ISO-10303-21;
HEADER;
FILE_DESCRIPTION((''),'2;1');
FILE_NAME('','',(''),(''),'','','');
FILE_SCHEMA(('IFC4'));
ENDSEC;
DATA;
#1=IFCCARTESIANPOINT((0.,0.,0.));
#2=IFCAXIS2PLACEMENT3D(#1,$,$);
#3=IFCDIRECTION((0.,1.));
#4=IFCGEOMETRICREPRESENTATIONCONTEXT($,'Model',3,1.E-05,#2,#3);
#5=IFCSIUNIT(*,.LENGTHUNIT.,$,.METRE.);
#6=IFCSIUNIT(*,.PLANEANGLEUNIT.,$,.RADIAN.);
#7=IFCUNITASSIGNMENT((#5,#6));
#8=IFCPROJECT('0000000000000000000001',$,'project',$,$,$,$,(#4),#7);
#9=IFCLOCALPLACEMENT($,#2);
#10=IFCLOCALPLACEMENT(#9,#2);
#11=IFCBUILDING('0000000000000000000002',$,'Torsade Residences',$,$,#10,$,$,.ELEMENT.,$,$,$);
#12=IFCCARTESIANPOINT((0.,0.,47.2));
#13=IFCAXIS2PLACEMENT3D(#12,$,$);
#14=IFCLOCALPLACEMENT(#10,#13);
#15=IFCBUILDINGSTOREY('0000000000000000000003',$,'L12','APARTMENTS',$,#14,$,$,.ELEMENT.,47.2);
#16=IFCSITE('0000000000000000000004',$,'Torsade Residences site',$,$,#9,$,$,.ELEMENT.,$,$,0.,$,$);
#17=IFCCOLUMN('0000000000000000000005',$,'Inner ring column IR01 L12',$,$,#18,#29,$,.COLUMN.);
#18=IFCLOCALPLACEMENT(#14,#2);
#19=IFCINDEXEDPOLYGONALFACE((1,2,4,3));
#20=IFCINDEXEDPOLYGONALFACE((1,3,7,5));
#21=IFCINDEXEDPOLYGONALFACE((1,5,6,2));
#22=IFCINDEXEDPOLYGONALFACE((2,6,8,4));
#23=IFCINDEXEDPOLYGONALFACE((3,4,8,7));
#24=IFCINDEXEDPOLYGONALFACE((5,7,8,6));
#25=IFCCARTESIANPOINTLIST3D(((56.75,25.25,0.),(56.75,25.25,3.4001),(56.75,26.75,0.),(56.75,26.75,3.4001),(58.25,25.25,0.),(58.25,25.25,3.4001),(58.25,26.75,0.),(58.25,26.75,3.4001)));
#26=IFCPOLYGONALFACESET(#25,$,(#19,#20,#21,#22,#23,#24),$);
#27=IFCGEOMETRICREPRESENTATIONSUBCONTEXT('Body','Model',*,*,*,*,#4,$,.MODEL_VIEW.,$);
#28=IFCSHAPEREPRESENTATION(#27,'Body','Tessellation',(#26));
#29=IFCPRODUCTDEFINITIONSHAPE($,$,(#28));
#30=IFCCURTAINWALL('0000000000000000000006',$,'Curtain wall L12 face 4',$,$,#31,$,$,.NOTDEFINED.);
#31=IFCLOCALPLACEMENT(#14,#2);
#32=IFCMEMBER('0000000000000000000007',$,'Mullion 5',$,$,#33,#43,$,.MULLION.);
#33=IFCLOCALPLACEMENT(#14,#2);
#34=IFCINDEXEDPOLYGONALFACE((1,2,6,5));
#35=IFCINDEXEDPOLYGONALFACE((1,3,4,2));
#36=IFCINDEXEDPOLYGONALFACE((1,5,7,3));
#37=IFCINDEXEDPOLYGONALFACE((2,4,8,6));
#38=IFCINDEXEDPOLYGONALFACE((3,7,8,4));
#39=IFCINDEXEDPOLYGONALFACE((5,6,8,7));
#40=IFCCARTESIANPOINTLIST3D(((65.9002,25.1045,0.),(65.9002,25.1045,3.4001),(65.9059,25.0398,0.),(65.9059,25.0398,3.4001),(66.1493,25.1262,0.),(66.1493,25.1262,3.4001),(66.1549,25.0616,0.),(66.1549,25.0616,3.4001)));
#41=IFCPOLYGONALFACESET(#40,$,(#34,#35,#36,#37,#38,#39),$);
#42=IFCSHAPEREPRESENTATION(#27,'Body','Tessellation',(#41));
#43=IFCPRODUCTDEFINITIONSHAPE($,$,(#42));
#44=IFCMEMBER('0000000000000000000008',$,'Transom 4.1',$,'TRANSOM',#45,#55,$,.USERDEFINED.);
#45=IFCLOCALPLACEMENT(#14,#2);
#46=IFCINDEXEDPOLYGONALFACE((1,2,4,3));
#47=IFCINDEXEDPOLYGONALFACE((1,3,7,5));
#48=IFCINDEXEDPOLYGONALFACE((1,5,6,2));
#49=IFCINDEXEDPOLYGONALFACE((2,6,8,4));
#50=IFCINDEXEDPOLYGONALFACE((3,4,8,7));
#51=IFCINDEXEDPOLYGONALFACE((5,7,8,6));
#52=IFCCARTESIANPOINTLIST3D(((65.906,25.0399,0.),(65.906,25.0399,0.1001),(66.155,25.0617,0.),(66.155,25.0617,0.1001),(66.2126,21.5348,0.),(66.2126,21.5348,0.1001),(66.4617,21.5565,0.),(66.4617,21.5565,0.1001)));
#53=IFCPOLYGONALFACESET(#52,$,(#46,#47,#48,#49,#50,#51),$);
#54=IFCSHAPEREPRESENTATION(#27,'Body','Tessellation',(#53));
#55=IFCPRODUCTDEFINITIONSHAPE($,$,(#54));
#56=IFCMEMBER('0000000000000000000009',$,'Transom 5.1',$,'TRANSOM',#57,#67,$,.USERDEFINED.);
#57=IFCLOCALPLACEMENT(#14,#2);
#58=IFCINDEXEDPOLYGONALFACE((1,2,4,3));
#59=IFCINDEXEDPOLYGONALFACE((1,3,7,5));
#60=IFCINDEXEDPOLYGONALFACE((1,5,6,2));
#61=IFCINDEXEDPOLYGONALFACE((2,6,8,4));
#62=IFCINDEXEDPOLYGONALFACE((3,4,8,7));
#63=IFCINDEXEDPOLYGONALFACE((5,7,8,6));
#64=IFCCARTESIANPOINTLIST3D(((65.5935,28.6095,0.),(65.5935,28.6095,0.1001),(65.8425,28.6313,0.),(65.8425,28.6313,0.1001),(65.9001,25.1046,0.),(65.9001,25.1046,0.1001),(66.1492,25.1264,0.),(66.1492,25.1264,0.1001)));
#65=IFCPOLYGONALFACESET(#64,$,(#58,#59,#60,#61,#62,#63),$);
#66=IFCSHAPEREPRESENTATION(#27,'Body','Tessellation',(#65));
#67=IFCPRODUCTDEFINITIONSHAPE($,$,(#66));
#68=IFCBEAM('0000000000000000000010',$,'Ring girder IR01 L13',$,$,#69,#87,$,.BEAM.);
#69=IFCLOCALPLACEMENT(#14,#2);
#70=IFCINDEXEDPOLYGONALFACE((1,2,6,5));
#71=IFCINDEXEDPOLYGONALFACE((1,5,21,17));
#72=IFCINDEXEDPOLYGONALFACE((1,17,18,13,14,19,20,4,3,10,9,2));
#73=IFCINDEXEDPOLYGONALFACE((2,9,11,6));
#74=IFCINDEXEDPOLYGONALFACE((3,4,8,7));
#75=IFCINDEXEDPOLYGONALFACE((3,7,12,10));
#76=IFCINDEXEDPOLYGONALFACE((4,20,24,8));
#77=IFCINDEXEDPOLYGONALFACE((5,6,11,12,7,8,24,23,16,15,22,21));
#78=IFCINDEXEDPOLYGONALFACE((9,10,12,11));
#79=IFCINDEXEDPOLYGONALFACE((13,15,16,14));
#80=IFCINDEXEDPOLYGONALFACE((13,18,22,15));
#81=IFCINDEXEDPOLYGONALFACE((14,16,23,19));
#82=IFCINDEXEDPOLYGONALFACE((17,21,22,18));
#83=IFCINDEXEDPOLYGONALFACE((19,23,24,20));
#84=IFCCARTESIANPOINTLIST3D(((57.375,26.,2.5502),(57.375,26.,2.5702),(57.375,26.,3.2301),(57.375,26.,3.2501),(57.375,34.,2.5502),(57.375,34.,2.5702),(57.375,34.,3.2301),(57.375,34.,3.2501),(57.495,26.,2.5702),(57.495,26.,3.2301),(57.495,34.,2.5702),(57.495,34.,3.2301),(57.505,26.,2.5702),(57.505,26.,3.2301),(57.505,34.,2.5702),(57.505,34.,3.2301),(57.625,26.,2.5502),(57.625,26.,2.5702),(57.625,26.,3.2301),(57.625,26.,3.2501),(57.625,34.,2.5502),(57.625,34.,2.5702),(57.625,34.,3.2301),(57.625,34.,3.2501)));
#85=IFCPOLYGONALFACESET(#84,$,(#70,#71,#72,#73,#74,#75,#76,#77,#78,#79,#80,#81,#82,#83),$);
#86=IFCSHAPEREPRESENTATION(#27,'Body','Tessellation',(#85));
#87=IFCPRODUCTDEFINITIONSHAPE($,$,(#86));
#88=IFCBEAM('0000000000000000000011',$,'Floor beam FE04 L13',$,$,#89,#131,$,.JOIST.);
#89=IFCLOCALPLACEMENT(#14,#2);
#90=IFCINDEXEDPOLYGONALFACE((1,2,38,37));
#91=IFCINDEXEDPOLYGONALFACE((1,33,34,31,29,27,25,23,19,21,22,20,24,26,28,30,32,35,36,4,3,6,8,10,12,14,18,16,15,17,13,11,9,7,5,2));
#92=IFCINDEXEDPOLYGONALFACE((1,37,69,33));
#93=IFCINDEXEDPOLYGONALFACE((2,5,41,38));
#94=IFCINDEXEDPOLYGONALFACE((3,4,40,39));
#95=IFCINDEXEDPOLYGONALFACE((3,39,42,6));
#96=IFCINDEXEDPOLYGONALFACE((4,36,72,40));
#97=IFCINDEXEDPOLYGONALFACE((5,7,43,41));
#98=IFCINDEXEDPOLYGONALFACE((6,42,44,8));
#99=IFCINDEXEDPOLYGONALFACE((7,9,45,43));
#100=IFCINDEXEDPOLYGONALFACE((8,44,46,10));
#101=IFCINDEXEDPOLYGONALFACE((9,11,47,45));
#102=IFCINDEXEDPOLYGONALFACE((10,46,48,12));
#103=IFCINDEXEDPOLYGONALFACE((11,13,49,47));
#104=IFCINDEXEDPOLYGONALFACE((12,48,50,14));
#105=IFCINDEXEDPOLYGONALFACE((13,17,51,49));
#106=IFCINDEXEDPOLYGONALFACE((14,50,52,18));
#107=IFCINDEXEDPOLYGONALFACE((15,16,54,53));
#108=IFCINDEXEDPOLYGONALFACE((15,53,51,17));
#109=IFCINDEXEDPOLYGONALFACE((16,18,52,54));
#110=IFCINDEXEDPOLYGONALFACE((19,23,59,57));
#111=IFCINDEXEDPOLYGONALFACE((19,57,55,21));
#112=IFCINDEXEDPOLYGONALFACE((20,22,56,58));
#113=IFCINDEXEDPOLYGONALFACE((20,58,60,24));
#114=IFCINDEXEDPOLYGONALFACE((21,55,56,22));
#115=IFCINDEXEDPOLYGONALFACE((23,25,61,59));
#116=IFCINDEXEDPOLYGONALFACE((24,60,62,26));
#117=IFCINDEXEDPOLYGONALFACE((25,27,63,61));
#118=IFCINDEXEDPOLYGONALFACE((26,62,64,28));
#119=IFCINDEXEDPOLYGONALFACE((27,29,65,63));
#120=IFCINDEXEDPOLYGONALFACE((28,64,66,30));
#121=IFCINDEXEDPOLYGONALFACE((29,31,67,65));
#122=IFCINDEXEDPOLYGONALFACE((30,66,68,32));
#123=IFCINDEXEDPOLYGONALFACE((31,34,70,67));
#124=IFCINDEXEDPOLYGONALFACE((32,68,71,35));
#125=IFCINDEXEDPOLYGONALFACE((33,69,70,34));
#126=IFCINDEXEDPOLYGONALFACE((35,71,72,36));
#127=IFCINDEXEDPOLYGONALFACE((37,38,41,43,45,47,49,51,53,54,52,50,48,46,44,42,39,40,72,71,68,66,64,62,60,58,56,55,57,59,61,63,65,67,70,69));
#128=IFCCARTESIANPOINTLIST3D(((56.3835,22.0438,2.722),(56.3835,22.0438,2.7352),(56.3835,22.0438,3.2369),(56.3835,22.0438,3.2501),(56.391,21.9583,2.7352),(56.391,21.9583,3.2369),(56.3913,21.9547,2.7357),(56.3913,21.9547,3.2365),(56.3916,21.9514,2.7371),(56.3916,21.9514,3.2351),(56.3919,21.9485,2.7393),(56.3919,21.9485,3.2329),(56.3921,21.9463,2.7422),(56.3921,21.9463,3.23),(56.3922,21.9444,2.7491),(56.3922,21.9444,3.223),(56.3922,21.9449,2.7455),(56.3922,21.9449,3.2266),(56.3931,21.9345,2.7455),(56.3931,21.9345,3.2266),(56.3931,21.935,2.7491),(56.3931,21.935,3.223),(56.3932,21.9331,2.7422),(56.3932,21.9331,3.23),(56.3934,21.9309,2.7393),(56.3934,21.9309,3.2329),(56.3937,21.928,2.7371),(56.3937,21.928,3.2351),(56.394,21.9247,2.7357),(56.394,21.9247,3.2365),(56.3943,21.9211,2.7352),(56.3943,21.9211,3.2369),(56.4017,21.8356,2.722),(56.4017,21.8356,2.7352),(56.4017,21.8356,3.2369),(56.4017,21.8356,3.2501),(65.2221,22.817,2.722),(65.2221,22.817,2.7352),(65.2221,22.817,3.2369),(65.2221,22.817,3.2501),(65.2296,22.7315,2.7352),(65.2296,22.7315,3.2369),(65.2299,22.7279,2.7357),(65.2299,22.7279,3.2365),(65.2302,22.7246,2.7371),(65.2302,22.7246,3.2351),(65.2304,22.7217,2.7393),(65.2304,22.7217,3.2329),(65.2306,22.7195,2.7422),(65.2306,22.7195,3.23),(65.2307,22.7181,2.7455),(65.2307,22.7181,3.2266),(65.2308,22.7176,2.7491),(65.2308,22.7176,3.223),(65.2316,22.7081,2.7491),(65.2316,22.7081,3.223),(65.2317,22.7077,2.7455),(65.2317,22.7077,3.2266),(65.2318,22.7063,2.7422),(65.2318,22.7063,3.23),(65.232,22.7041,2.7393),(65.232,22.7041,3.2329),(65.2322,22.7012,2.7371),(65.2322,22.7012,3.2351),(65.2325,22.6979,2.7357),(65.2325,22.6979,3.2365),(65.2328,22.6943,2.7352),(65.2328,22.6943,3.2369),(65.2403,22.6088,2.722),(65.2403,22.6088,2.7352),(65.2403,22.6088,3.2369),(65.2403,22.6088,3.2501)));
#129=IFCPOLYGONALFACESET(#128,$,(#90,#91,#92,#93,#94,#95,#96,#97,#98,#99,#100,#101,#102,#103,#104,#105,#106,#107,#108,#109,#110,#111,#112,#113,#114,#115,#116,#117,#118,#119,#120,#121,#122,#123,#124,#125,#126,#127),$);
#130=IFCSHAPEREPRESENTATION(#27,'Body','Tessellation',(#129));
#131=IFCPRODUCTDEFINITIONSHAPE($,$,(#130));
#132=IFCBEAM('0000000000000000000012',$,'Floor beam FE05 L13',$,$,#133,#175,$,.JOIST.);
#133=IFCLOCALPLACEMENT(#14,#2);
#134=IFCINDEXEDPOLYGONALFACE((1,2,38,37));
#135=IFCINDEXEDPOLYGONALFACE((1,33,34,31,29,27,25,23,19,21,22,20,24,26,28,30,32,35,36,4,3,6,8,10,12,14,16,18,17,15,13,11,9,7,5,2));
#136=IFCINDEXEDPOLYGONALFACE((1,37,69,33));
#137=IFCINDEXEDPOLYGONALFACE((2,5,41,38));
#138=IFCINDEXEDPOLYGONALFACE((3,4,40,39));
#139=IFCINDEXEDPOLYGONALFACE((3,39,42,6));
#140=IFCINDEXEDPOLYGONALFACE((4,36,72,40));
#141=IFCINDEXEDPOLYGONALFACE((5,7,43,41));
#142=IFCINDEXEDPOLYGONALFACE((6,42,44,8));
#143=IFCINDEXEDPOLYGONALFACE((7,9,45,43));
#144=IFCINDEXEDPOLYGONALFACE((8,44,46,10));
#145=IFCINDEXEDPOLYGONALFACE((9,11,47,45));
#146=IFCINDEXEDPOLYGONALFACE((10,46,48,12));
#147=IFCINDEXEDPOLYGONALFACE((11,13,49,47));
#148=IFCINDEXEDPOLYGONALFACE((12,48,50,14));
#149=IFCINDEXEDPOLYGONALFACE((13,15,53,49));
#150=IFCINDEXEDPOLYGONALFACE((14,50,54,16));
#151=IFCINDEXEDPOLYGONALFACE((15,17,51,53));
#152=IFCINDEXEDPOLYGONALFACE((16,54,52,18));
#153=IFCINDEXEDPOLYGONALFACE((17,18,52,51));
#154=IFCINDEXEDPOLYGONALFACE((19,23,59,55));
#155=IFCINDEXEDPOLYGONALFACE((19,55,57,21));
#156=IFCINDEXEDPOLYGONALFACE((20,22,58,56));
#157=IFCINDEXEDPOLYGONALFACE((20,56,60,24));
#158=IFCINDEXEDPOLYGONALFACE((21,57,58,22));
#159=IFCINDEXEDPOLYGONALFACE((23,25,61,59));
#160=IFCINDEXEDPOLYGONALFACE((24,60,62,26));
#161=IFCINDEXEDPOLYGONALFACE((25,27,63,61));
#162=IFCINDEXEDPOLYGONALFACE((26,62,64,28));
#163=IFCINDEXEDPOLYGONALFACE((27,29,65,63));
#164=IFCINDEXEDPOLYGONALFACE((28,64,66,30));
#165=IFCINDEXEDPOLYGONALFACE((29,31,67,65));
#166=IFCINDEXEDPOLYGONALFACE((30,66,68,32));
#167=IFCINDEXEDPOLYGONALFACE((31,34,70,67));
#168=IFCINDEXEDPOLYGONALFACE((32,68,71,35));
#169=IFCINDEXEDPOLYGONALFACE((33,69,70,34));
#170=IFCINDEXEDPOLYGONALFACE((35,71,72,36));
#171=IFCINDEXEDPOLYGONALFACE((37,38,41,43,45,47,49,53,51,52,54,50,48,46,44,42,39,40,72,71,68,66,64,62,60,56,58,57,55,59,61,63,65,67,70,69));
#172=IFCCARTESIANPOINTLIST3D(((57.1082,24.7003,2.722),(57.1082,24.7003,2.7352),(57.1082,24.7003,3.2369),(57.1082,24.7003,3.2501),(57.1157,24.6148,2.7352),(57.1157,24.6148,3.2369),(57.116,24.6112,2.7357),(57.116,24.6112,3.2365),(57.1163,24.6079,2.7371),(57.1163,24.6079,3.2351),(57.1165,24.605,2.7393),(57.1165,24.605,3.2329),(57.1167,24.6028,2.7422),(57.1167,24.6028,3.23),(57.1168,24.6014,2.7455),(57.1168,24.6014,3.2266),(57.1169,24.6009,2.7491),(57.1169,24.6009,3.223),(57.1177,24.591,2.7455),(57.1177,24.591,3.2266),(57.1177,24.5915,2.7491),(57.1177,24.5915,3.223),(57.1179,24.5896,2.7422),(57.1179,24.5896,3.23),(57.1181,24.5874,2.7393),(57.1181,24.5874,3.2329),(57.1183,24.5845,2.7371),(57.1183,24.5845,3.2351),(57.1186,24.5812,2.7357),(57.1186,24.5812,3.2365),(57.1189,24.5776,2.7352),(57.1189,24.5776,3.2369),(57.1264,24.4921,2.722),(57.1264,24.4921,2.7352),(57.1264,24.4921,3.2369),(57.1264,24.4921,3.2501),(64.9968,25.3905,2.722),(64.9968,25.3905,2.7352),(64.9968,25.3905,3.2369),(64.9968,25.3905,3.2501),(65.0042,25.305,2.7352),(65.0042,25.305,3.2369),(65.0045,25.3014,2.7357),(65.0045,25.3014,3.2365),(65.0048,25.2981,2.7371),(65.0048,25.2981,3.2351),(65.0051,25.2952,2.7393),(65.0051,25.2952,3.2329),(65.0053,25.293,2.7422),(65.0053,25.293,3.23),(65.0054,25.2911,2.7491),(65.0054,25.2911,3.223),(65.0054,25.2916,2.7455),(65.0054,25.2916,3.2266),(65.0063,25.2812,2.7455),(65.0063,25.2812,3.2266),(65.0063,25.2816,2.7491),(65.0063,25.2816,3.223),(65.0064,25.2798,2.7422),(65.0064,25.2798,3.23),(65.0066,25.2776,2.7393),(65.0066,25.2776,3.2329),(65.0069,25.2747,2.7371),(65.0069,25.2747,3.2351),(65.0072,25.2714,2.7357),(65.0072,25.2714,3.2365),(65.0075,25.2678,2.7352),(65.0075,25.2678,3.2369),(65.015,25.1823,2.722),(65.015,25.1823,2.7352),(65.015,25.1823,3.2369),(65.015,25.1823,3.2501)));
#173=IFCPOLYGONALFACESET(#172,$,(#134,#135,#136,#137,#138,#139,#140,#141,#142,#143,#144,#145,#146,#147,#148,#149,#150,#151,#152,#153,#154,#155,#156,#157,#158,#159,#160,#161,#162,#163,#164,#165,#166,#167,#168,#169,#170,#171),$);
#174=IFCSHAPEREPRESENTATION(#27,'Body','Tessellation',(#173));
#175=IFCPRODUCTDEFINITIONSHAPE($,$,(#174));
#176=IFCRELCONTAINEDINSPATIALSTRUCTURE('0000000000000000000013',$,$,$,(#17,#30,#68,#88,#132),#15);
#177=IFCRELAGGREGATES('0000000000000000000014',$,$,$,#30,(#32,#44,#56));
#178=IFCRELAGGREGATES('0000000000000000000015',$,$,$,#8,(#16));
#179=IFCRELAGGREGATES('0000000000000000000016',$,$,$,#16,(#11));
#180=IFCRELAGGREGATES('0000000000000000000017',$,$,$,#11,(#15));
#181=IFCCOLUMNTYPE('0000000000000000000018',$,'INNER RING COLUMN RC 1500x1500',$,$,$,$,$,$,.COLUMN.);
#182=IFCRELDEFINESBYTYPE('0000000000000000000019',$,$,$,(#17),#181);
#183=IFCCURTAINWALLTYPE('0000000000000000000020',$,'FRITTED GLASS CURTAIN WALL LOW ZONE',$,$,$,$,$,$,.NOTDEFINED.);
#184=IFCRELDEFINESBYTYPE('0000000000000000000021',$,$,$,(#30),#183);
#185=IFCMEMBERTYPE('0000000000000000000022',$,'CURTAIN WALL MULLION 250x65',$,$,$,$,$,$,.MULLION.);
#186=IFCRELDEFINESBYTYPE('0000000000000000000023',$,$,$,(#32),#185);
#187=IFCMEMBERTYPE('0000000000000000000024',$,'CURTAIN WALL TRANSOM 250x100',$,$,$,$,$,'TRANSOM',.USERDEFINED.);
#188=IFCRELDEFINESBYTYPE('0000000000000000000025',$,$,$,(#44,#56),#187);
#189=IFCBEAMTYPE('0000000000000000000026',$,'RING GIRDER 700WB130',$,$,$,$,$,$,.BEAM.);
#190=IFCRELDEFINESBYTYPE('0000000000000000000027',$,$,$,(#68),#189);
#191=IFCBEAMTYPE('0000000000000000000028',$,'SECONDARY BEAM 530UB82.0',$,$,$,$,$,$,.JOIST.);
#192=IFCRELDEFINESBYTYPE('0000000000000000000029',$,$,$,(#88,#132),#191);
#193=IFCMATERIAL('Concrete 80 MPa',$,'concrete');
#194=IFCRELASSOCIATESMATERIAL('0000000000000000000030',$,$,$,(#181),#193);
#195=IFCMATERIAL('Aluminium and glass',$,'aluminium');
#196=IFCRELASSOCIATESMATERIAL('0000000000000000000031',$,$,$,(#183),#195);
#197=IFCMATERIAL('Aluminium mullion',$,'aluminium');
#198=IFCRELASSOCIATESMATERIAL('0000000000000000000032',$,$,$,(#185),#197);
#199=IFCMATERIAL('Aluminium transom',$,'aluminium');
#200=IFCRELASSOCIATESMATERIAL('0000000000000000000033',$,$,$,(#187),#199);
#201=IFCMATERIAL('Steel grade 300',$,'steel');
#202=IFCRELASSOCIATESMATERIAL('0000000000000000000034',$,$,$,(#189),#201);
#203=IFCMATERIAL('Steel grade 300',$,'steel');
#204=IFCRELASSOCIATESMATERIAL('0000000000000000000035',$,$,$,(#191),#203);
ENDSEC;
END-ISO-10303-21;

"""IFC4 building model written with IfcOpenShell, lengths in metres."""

from ifc_helpers import new_model, si_unit, direction, frame, origin, origin_2d, place, context, subcontext, project, spatial, rectangle, i_section, extrude, material, material_profile, profile_set, type_object, element, aggregate, save


model = new_model("IFC4")

# Units and contexts
model_context = context("Model", 3, precision=1e-05, world=origin(), true_north=direction((0.0, 1.0)))
body_context = subcontext(model_context, "Body", "Model", "MODEL_VIEW")
ifc_project = project(units=[si_unit("LENGTHUNIT", "METRE"), si_unit("PLANEANGLEUNIT", "RADIAN")], contexts=[model_context])

# Site, building, storey
site_placement = place(None, origin())
site = spatial("IfcSite", under=ifc_project, at=site_placement, Name="Torsade Residences site", CompositionType="ELEMENT", RefElevation=0.0)
building_placement = place(site_placement, origin())
building = spatial("IfcBuilding", under=site, at=building_placement, Name="Torsade Residences", CompositionType="ELEMENT")
storey_placement = place(building_placement, frame((0.0, 0.0, 47.2)))
storey = spatial("IfcBuildingStorey", under=building, at=storey_placement, Name="L12", Description="APARTMENTS", CompositionType="ELEMENT", Elevation=47.2)

# Column
ifc_material_1 = material(Name="Concrete 80 MPa", Category="concrete")
ifc_material_profile_1 = material_profile(ifc_material_1, rectangle(XDim=1.5, YDim=1.5, at=origin_2d()), Name="RC 1500x1500")
ifc_profile_set_1 = profile_set([ifc_material_profile_1], Name="Concrete 80 MPa")
column_type = type_object("IfcColumnType", Name="INNER RING COLUMN RC 1500x1500", PredefinedType="COLUMN", material=ifc_profile_set_1)
column_placement = place(storey_placement, frame((57.5, 26.0, 0.0), z_axis=(0.0, 0.0, 1.0), x_axis=(1.0, 0.0, 0.0)))
element("IfcColumn", 1, at=column_placement, inside=storey, type_object=column_type, Name="Inner ring column IR01 L12", PredefinedType="COLUMN", context=body_context, shape_type="SweptSolid", body=[
    extrude(rectangle(XDim=1.5, YDim=1.5, at=origin_2d()), origin(), (0.0, 0.0, 1.0), 3.4001),
])

# Curtain wall, members
ifc_material_2 = material(Name="Aluminium and glass", Category="aluminium")
curtain_wall_type = type_object("IfcCurtainWallType", Name="FRITTED GLASS CURTAIN WALL LOW ZONE", PredefinedType="NOTDEFINED", material=ifc_material_2)
curtain_wall_placement = place(storey_placement, origin())
curtain_wall = element("IfcCurtainWall", 2, at=curtain_wall_placement, inside=storey, type_object=curtain_wall_type, Name="Curtain wall L12 face 4", PredefinedType="NOTDEFINED")
ifc_material_3 = material(Name="Aluminium mullion", Category="aluminium")
ifc_material_profile_2 = material_profile(ifc_material_3, rectangle(XDim=0.25, YDim=0.0649, at=origin_2d()), Name="CURTAIN WALL MULLION 250x65")
ifc_profile_set_2 = profile_set([ifc_material_profile_2], Name="Aluminium mullion")
member_type_1 = type_object("IfcMemberType", Name="CURTAIN WALL MULLION 250x65", PredefinedType="MULLION", material=ifc_profile_set_2)
member_1_placement = place(storey_placement, frame((66.0276, 25.083, 0.0), z_axis=(0.0, 0.0, 1.0), x_axis=(-0.996195, -0.087156, 0.0)))
member_1 = element("IfcMember", 3, at=member_1_placement, type_object=member_type_1, Name="Mullion 5", PredefinedType="MULLION", context=body_context, shape_type="SweptSolid", body=[
    extrude(rectangle(XDim=0.25, YDim=0.0649, at=origin_2d()), origin(), (0.0, 0.0, 1.0), 3.4001),
])
ifc_material_4 = material(Name="Aluminium transom", Category="aluminium")
ifc_material_profile_3 = material_profile(ifc_material_4, rectangle(XDim=0.25, YDim=0.1001, at=origin_2d()), Name="CURTAIN WALL TRANSOM 250x100")
ifc_profile_set_3 = profile_set([ifc_material_profile_3], Name="Aluminium transom")
member_type_2 = type_object("IfcMemberType", Name="CURTAIN WALL TRANSOM 250x100", ElementType="TRANSOM", PredefinedType="USERDEFINED", material=ifc_profile_set_3)
member_2_placement = place(storey_placement, frame((66.3372, 21.5457, 0.05), z_axis=(-0.087151, 0.996195, 0.0), x_axis=(-0.996195, -0.087151, 0.0)))
member_2 = element("IfcMember", 4, at=member_2_placement, type_object=member_type_2, Name="Transom 4.1", ObjectType="TRANSOM", PredefinedType="USERDEFINED", context=body_context, shape_type="SweptSolid", body=[
    extrude(rectangle(XDim=0.25, YDim=0.1001, at=origin_2d()), origin(), (0.0, 0.0, 1.0), 3.5186),
])
member_3_placement = place(storey_placement, frame((66.0247, 25.1155, 0.05), z_axis=(-0.087157, 0.996195, 0.0), x_axis=(-0.996195, -0.087157, 0.0)))
member_3 = element("IfcMember", 5, at=member_3_placement, type_object=member_type_2, Name="Transom 5.1", ObjectType="TRANSOM", PredefinedType="USERDEFINED", context=body_context, shape_type="SweptSolid", body=[
    extrude(rectangle(XDim=0.25, YDim=0.1001, at=origin_2d()), origin(), (0.0, 0.0, 1.0), 3.5183),
])

# Beams
ifc_material_5 = material(Name="Steel grade 300", Category="steel")
ifc_material_profile_4 = material_profile(ifc_material_5, i_section(OverallWidth=0.25, OverallDepth=0.7, WebThickness=0.01, FlangeThickness=0.02, at=origin_2d()), Name="700WB130")
ifc_profile_set_4 = profile_set([ifc_material_profile_4], Name="Steel grade 300")
beam_type_1 = type_object("IfcBeamType", Name="RING GIRDER 700WB130", PredefinedType="BEAM", material=ifc_profile_set_4)
beam_1_placement = place(storey_placement, frame((57.5, 26.0, 2.9001), z_axis=(0.0, 1.0, 0.0), x_axis=(-1.0, 0.0, 0.0)))
element("IfcBeam", 6, at=beam_1_placement, inside=storey, type_object=beam_type_1, Name="Ring girder IR01 L13", PredefinedType="BEAM", context=body_context, shape_type="SweptSolid", body=[
    extrude(i_section(OverallWidth=0.25, OverallDepth=0.7, WebThickness=0.01, FlangeThickness=0.02, at=origin_2d()), origin(), (0.0, 0.0, 1.0), 8.0),
])
ifc_material_6 = material(Name="Steel grade 300", Category="steel")
ifc_material_profile_5 = material_profile(ifc_material_6, i_section(OverallWidth=0.209, OverallDepth=0.5281, WebThickness=0.0095, FlangeThickness=0.0132, FilletRadius=0.0139, at=origin_2d()), Name="530UB82.0")
ifc_profile_set_5 = profile_set([ifc_material_profile_5], Name="Steel grade 300")
beam_type_2 = type_object("IfcBeamType", Name="SECONDARY BEAM 530UB82.0", PredefinedType="JOIST", material=ifc_profile_set_5)
beam_2_placement = place(storey_placement, frame((65.2312, 22.7129, 2.9861), z_axis=(-0.996196, -0.087146, 0.0), x_axis=(0.087146, -0.996196, 0.0)))
element("IfcBeam", 7, at=beam_2_placement, inside=storey, type_object=beam_type_2, Name="Floor beam FE04 L13", PredefinedType="JOIST", context=body_context, shape_type="SweptSolid", body=[
    extrude(i_section(OverallWidth=0.209, OverallDepth=0.5281, WebThickness=0.0095, FlangeThickness=0.0132, FilletRadius=0.0139, at=origin_2d()), origin(), (0.0, 0.0, 1.0), 8.8723),
])
beam_3_placement = place(storey_placement, frame((65.0059, 25.2864, 2.9861), z_axis=(-0.996195, -0.087158, 0.0), x_axis=(0.087158, -0.996195, 0.0)))
element("IfcBeam", 8, at=beam_3_placement, inside=storey, type_object=beam_type_2, Name="Floor beam FE05 L13", PredefinedType="JOIST", context=body_context, shape_type="SweptSolid", body=[
    extrude(i_section(OverallWidth=0.209, OverallDepth=0.5281, WebThickness=0.0095, FlangeThickness=0.0132, FilletRadius=0.0139, at=origin_2d()), origin(), (0.0, 0.0, 1.0), 7.9187),
])

aggregate(curtain_wall, [member_1, member_2, member_3])

save(model, "model.ifc")
